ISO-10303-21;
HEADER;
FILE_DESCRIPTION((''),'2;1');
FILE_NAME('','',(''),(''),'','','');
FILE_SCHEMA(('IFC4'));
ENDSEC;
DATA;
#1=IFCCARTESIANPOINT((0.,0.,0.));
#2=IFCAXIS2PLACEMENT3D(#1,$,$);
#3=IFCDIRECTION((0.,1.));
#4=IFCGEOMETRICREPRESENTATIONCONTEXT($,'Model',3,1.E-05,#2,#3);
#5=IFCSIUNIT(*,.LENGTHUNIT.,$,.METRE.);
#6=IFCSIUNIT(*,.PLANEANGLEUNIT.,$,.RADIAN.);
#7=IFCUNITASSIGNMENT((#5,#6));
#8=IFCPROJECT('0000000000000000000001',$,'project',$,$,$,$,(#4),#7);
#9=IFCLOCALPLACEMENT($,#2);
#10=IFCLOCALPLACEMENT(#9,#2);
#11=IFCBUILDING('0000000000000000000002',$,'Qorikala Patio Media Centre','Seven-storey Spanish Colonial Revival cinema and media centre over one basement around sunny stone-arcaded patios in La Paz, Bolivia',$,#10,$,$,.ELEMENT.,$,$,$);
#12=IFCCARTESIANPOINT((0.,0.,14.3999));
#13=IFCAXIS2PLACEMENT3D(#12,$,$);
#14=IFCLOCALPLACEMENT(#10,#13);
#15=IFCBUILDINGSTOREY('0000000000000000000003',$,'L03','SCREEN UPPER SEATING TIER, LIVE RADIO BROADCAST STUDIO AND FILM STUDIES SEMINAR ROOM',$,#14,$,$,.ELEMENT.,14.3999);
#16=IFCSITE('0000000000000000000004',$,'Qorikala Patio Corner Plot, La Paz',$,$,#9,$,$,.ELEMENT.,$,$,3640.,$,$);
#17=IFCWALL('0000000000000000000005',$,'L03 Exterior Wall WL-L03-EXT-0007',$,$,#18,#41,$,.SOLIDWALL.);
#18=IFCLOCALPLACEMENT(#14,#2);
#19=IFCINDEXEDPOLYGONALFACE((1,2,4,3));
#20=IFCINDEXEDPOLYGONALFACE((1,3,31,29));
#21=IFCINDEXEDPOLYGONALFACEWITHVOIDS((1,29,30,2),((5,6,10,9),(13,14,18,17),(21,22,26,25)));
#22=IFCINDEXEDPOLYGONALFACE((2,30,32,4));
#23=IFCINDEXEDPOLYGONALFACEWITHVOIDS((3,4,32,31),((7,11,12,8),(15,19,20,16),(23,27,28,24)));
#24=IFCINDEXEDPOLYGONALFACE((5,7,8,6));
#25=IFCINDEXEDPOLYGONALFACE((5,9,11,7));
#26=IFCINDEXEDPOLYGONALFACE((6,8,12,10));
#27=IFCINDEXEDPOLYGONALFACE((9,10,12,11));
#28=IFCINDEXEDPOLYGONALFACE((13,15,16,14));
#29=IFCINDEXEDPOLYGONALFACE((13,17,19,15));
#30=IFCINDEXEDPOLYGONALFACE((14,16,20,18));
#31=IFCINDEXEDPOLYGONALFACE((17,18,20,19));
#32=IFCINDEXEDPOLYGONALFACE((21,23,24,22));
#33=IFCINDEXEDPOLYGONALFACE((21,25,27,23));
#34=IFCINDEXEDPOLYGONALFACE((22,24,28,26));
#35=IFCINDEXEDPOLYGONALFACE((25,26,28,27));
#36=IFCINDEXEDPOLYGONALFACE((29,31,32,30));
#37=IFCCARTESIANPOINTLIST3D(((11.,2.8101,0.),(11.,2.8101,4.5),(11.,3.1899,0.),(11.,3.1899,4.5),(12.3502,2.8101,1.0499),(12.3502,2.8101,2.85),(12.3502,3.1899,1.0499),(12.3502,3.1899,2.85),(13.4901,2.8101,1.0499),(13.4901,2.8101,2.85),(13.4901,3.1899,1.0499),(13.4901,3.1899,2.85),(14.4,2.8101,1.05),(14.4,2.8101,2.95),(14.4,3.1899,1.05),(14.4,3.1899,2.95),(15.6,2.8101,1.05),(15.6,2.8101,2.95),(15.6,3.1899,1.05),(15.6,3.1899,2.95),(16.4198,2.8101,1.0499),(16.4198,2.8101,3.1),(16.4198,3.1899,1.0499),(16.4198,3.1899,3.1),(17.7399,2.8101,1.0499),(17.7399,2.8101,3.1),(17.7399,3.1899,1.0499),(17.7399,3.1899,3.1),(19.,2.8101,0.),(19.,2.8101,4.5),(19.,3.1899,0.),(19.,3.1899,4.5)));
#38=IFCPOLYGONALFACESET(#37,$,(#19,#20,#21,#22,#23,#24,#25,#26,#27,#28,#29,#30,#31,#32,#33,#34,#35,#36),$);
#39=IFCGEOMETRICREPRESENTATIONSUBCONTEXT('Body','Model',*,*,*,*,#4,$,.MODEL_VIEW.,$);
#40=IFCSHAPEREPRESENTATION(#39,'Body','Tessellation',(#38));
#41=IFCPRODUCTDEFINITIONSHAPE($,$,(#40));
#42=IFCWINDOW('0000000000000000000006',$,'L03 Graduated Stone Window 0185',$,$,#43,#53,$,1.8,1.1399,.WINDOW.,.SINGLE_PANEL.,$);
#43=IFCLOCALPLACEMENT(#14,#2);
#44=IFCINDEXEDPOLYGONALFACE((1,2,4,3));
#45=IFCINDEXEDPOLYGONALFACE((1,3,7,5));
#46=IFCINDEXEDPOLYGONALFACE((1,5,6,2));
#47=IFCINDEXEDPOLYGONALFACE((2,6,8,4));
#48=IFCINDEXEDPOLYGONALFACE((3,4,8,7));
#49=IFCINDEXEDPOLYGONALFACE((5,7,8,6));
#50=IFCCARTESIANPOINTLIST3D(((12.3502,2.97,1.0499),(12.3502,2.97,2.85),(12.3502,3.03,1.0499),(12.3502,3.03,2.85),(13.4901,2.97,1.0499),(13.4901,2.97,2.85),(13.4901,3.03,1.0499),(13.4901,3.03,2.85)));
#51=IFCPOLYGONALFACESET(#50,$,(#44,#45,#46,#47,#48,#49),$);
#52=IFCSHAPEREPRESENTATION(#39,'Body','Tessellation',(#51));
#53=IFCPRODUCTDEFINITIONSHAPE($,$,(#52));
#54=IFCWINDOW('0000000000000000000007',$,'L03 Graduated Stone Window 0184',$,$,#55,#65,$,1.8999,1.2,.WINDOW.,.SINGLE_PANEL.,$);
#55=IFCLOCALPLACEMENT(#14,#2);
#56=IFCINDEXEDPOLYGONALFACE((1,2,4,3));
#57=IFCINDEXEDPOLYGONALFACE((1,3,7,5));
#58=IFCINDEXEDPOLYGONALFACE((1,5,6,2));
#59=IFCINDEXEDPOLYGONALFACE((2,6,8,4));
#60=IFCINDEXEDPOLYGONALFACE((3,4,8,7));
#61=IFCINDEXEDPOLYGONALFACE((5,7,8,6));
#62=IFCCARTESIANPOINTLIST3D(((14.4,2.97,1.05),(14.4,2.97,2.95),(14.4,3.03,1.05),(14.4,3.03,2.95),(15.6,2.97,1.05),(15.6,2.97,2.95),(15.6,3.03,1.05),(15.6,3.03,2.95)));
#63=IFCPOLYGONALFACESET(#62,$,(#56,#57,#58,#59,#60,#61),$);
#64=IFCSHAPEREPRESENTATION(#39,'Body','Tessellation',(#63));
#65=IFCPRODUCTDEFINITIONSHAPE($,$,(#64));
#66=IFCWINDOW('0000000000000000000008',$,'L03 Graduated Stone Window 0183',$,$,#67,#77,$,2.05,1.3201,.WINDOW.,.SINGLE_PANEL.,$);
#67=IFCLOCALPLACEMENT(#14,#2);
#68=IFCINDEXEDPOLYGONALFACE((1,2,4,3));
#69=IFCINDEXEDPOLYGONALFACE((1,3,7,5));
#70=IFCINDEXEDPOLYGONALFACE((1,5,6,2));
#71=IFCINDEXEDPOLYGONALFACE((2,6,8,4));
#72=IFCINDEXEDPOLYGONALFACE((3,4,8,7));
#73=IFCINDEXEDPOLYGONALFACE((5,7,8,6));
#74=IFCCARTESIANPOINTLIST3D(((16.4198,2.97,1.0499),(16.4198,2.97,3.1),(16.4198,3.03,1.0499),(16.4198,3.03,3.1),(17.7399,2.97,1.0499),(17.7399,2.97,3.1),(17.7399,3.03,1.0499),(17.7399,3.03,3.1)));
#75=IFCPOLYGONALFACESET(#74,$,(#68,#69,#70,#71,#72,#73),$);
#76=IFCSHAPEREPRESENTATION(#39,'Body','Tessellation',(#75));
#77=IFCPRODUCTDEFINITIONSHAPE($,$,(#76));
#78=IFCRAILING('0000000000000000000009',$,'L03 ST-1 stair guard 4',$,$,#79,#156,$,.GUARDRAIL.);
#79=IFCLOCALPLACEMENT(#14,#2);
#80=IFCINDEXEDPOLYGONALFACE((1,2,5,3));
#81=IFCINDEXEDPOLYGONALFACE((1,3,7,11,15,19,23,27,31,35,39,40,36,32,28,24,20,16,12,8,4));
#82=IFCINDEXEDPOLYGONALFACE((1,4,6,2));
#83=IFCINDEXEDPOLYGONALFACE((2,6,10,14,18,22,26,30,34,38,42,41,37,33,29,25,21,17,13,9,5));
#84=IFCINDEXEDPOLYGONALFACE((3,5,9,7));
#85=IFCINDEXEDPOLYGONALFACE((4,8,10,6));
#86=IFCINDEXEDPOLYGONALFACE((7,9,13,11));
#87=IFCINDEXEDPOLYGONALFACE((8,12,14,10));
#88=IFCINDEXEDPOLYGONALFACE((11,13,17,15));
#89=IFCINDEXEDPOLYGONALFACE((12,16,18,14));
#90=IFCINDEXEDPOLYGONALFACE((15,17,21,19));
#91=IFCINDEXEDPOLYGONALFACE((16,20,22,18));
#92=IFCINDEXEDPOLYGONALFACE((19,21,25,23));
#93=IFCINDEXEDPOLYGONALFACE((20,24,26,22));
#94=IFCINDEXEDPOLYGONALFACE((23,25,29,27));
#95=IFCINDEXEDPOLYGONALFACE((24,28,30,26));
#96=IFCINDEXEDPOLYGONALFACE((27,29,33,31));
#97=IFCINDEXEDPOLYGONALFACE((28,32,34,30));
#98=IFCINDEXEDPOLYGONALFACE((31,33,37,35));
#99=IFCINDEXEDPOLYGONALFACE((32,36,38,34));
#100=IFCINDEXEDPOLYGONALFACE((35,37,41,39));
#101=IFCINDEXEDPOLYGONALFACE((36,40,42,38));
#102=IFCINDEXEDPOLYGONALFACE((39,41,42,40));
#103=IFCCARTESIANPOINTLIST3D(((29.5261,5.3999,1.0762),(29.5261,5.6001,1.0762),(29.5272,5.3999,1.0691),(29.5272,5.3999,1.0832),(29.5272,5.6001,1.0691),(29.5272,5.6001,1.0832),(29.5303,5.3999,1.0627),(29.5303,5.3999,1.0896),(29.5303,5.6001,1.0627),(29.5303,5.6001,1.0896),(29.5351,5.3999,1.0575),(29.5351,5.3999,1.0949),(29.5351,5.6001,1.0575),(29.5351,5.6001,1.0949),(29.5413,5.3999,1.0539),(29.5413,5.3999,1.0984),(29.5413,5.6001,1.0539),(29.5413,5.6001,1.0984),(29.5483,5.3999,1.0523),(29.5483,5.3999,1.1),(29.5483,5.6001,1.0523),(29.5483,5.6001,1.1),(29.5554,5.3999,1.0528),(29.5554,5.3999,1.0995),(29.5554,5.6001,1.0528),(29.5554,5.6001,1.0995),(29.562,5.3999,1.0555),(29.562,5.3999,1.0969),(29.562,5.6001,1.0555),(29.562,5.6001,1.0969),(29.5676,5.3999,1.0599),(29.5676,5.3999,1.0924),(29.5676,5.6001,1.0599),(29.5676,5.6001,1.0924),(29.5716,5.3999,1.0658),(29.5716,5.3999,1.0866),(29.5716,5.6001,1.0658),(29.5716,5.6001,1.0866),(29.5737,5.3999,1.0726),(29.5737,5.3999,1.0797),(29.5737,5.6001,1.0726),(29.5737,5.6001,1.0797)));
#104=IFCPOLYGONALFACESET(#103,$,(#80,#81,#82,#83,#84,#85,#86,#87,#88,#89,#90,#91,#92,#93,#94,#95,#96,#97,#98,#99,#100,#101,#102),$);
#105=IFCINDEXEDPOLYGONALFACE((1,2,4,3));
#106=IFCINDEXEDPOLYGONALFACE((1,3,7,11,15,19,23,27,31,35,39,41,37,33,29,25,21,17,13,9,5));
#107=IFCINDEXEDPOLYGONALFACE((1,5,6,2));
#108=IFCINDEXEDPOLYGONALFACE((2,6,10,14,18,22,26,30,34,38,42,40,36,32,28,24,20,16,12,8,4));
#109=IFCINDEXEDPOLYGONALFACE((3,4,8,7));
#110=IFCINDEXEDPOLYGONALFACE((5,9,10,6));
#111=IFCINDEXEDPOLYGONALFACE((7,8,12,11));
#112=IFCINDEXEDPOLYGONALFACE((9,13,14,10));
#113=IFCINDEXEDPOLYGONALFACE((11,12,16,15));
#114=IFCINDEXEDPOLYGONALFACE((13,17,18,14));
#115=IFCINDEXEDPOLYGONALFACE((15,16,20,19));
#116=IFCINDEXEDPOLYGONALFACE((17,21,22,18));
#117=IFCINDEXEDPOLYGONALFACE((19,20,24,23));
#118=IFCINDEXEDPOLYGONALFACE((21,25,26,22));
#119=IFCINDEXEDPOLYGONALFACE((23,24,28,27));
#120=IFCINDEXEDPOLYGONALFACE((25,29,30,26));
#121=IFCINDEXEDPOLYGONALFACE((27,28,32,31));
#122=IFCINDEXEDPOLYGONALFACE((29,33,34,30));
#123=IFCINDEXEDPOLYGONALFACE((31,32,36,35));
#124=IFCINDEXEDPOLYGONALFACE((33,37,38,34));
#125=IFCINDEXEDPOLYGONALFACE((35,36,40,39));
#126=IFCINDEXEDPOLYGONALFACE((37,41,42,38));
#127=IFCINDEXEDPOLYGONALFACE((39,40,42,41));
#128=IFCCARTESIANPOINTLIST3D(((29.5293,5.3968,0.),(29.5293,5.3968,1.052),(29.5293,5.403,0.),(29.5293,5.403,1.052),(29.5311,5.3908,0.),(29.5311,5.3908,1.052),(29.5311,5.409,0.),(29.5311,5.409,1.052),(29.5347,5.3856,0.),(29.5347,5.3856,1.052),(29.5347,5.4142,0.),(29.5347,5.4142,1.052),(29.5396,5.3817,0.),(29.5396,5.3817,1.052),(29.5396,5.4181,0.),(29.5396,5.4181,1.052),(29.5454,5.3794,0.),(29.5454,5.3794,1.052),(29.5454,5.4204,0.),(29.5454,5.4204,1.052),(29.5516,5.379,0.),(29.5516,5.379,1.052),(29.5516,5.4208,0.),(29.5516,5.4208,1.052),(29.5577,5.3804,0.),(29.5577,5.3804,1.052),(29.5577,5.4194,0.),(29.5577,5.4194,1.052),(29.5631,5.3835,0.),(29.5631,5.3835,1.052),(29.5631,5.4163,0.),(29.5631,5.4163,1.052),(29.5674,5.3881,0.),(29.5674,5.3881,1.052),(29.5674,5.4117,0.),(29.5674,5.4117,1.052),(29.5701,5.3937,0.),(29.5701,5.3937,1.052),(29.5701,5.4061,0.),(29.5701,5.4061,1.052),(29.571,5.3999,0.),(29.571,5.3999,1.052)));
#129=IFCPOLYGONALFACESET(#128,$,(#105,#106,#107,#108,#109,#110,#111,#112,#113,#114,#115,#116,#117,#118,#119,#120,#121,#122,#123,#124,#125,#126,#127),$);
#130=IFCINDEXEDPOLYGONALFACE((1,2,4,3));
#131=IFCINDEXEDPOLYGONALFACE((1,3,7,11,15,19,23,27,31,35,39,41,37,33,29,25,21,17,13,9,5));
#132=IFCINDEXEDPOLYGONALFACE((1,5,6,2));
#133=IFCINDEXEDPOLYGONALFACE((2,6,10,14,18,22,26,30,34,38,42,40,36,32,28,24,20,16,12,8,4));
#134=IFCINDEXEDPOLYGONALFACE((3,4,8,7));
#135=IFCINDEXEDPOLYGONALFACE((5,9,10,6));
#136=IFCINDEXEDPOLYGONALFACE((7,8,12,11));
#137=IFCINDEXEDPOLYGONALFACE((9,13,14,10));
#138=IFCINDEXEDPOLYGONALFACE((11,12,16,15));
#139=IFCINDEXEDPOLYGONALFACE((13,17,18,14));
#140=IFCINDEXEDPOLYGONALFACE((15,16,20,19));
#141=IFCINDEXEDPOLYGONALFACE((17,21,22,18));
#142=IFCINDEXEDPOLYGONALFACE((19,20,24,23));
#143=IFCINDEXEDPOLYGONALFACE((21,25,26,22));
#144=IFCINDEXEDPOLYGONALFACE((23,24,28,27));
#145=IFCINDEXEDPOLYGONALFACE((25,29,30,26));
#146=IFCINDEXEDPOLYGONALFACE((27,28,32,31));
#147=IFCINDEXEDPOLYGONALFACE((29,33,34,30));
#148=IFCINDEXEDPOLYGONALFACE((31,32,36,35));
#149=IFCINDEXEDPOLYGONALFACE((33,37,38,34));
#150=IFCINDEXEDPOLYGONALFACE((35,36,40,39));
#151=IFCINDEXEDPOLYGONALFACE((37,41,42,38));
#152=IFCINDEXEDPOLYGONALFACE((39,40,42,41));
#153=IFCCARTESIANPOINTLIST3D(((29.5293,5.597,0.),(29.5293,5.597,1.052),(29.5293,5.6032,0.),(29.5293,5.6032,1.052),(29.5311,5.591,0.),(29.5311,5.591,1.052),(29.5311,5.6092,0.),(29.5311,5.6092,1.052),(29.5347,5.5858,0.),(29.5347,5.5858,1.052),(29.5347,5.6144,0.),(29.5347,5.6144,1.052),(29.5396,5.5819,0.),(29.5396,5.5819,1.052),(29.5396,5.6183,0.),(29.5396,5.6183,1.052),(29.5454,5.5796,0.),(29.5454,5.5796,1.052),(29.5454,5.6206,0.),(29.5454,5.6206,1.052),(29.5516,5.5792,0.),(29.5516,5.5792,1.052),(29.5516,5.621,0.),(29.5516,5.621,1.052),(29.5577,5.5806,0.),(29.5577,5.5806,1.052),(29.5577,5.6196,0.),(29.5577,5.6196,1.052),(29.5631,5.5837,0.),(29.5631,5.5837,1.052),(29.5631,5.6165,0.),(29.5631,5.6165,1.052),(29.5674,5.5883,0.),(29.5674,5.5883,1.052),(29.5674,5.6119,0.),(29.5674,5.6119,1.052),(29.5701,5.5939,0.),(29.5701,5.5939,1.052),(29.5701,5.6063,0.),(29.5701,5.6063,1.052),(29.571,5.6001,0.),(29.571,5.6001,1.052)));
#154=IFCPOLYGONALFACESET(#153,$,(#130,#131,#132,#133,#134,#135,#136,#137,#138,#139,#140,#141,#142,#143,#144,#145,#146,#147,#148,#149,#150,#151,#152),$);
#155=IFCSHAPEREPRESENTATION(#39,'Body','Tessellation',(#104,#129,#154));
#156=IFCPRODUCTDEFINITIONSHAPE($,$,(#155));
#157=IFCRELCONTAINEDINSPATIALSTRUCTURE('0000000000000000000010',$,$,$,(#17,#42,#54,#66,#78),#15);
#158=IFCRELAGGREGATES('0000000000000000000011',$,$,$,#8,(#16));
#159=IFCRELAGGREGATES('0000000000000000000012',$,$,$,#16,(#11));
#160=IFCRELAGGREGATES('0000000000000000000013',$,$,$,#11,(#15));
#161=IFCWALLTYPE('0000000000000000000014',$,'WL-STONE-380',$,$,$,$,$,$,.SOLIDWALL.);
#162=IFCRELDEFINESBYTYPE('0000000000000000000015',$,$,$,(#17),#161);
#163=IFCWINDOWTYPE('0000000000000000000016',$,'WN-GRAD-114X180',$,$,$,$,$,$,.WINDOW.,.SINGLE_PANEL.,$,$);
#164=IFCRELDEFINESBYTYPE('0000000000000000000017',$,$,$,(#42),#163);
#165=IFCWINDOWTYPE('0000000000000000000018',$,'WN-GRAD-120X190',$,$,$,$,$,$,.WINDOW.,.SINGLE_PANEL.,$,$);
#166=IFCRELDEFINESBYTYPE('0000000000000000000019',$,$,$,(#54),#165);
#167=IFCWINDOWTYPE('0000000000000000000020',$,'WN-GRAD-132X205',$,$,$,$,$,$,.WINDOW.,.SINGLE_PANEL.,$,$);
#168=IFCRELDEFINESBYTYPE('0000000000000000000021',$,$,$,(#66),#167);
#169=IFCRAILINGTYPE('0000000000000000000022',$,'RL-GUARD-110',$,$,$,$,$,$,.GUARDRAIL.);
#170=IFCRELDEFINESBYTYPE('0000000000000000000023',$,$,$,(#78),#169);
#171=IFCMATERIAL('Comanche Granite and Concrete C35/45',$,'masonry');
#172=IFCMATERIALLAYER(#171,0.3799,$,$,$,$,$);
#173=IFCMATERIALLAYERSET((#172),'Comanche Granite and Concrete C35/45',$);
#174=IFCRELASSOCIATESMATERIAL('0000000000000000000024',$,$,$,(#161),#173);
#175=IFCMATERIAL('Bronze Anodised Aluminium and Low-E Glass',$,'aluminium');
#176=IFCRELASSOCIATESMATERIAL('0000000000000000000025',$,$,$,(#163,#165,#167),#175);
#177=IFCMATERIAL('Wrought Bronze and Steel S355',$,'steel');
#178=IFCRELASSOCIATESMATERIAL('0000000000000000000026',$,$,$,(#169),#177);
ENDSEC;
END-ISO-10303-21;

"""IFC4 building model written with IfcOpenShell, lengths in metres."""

from ifc_helpers import new_model, si_unit, direction, frame, frame_2d, origin, origin_2d, place, context, subcontext, project, spatial, rectangle, circle, extrude, material, layer, layer_set, type_object, element, fill, save


model = new_model("IFC4")

# Units and contexts
model_context = context("Model", 3, precision=1e-05, world=origin(), true_north=direction((0.0, 1.0)))
body_context = subcontext(model_context, "Body", "Model", "MODEL_VIEW")
ifc_project = project(units=[si_unit("LENGTHUNIT", "METRE"), si_unit("PLANEANGLEUNIT", "RADIAN")], contexts=[model_context])

# Site, building, storey
site_placement = place(None, origin())
site = spatial("IfcSite", under=ifc_project, at=site_placement, Name="Qorikala Patio Corner Plot, La Paz", CompositionType="ELEMENT", RefElevation=3640.0)
building_placement = place(site_placement, origin())
building = spatial("IfcBuilding", under=site, at=building_placement, Name="Qorikala Patio Media Centre", Description="Seven-storey Spanish Colonial Revival cinema and media centre over one basement around sunny stone-arcaded patios in La Paz, Bolivia", CompositionType="ELEMENT")
storey_placement = place(building_placement, frame((0.0, 0.0, 14.3999)))
storey = spatial("IfcBuildingStorey", under=building, at=storey_placement, Name="L03", Description="SCREEN UPPER SEATING TIER, LIVE RADIO BROADCAST STUDIO AND FILM STUDIES SEMINAR ROOM", CompositionType="ELEMENT", Elevation=14.3999)

# Wall, openings, windows
ifc_material_1 = material(Name="Comanche Granite and Concrete C35/45", Category="masonry")
ifc_layer_1 = layer(ifc_material_1, 0.3799)
ifc_layer_set_1 = layer_set([ifc_layer_1], Name="Comanche Granite and Concrete C35/45")
wall_type_1 = type_object("IfcWallType", Name="WL-STONE-380", PredefinedType="SOLIDWALL", material=ifc_layer_set_1)
ifc_material_2 = material(Name="Bronze Anodised Aluminium and Low-E Glass", Category="aluminium")
wall_1_placement = place(storey_placement, frame((19.0, 3.0, 0.0), z_axis=(0.0, 0.0, 1.0), x_axis=(-1.0, 0.0, 0.0)))
wall_1 = element("IfcWall", 1, at=wall_1_placement, inside=storey, type_object=wall_type_1, Name="L03 Exterior Wall WL-L03-EXT-0007", PredefinedType="SOLIDWALL", context=body_context, shape_type="SweptSolid", body=[
    extrude(rectangle(XDim=8.0, YDim=0.3799, at=frame_2d((4.0, 0.0))), origin(), (0.0, 0.0, 1.0), 4.5),
])
opening_1_placement = place(wall_1_placement, frame((1.26, 0.0, 1.05)))
opening_1 = element("IfcOpeningElement", 2, at=opening_1_placement, cuts=wall_1, PredefinedType="OPENING", context=body_context, shape_type="SweptSolid", body=[
    extrude(rectangle(XDim=1.3201, YDim=2.05, at=frame_2d((0.6602, 1.0249))), frame((0.0, 0.2, 0.0), z_axis=(0.0, -1.0, 0.0), x_axis=(1.0, 0.0, 0.0)), (0.0, 0.0, 1.0), 0.3999),
])
opening_2_placement = place(wall_1_placement, frame((3.3999, 0.0, 1.05)))
opening_2 = element("IfcOpeningElement", 3, at=opening_2_placement, cuts=wall_1, PredefinedType="OPENING", context=body_context, shape_type="SweptSolid", body=[
    extrude(rectangle(XDim=1.2, YDim=1.8999, at=frame_2d((0.6001, 0.95))), frame((0.0, 0.2, 0.0), z_axis=(0.0, -1.0, 0.0), x_axis=(1.0, 0.0, 0.0)), (0.0, 0.0, 1.0), 0.3999),
])
opening_3_placement = place(wall_1_placement, frame((5.51, 0.0, 1.05)))
opening_3 = element("IfcOpeningElement", 4, at=opening_3_placement, cuts=wall_1, PredefinedType="OPENING", context=body_context, shape_type="SweptSolid", body=[
    extrude(rectangle(XDim=1.1399, YDim=1.8, at=frame_2d((0.5698, 0.8999))), frame((0.0, 0.2, 0.0), z_axis=(0.0, -1.0, 0.0), x_axis=(1.0, 0.0, 0.0)), (0.0, 0.0, 1.0), 0.3999),
])
window_type_1 = type_object("IfcWindowType", Name="WN-GRAD-114X180", PartitioningType="SINGLE_PANEL", PredefinedType="WINDOW", material=ifc_material_2)
window_1_placement = place(opening_3_placement, origin())
window_1 = element("IfcWindow", 5, at=window_1_placement, inside=storey, type_object=window_type_1, Name="L03 Graduated Stone Window 0185", OverallHeight=1.8, OverallWidth=1.1399, PartitioningType="SINGLE_PANEL", PredefinedType="WINDOW", context=body_context, shape_type="SweptSolid", body=[
    extrude(rectangle(XDim=1.1399, YDim=1.8, at=frame_2d((0.5698, 0.8999))), frame((0.0, 0.03, 0.0), z_axis=(0.0, -1.0, 0.0), x_axis=(1.0, 0.0, 0.0)), (0.0, 0.0, 1.0), 0.0601),
])
fill(opening_3, window_1)
window_type_2 = type_object("IfcWindowType", Name="WN-GRAD-120X190", PartitioningType="SINGLE_PANEL", PredefinedType="WINDOW", material=ifc_material_2)
window_2_placement = place(opening_2_placement, origin())
window_2 = element("IfcWindow", 6, at=window_2_placement, inside=storey, type_object=window_type_2, Name="L03 Graduated Stone Window 0184", OverallHeight=1.8999, OverallWidth=1.2, PartitioningType="SINGLE_PANEL", PredefinedType="WINDOW", context=body_context, shape_type="SweptSolid", body=[
    extrude(rectangle(XDim=1.2, YDim=1.8999, at=frame_2d((0.6001, 0.95))), frame((0.0, 0.03, 0.0), z_axis=(0.0, -1.0, 0.0), x_axis=(1.0, 0.0, 0.0)), (0.0, 0.0, 1.0), 0.0601),
])
fill(opening_2, window_2)
window_type_3 = type_object("IfcWindowType", Name="WN-GRAD-132X205", PartitioningType="SINGLE_PANEL", PredefinedType="WINDOW", material=ifc_material_2)
window_3_placement = place(opening_1_placement, origin())
window_3 = element("IfcWindow", 7, at=window_3_placement, inside=storey, type_object=window_type_3, Name="L03 Graduated Stone Window 0183", OverallHeight=2.05, OverallWidth=1.3201, PartitioningType="SINGLE_PANEL", PredefinedType="WINDOW", context=body_context, shape_type="SweptSolid", body=[
    extrude(rectangle(XDim=1.3201, YDim=2.05, at=frame_2d((0.6602, 1.0249))), frame((0.0, 0.03, 0.0), z_axis=(0.0, -1.0, 0.0), x_axis=(1.0, 0.0, 0.0)), (0.0, 0.0, 1.0), 0.0601),
])
fill(opening_1, window_3)

# Railing
ifc_material_3 = material(Name="Wrought Bronze and Steel S355", Category="steel")
railing_type = type_object("IfcRailingType", Name="RL-GUARD-110", PredefinedType="GUARDRAIL", material=ifc_material_3)
railing_placement = place(storey_placement, frame((29.55, 5.3999, 0.0)))
element("IfcRailing", 8, at=railing_placement, inside=storey, type_object=railing_type, Name="L03 ST-1 stair guard 4", PredefinedType="GUARDRAIL", context=body_context, shape_type="SweptSolid", body=[
    extrude(circle(Radius=0.0239, at=origin_2d()), frame((0.0, 0.0, 1.0762), z_axis=(0.0, 1.0, 0.0), x_axis=(-1.0, 0.0, 0.0)), (0.0, 0.0, 1.0), 0.2002),
    extrude(circle(Radius=0.021, at=origin_2d()), origin(), (0.0, 0.0, 1.0), 1.052),
    extrude(circle(Radius=0.021, at=origin_2d()), frame((0.0, 0.2002, 0.0)), (0.0, 0.0, 1.0), 1.052),
])

save(model, "model.ifc")
